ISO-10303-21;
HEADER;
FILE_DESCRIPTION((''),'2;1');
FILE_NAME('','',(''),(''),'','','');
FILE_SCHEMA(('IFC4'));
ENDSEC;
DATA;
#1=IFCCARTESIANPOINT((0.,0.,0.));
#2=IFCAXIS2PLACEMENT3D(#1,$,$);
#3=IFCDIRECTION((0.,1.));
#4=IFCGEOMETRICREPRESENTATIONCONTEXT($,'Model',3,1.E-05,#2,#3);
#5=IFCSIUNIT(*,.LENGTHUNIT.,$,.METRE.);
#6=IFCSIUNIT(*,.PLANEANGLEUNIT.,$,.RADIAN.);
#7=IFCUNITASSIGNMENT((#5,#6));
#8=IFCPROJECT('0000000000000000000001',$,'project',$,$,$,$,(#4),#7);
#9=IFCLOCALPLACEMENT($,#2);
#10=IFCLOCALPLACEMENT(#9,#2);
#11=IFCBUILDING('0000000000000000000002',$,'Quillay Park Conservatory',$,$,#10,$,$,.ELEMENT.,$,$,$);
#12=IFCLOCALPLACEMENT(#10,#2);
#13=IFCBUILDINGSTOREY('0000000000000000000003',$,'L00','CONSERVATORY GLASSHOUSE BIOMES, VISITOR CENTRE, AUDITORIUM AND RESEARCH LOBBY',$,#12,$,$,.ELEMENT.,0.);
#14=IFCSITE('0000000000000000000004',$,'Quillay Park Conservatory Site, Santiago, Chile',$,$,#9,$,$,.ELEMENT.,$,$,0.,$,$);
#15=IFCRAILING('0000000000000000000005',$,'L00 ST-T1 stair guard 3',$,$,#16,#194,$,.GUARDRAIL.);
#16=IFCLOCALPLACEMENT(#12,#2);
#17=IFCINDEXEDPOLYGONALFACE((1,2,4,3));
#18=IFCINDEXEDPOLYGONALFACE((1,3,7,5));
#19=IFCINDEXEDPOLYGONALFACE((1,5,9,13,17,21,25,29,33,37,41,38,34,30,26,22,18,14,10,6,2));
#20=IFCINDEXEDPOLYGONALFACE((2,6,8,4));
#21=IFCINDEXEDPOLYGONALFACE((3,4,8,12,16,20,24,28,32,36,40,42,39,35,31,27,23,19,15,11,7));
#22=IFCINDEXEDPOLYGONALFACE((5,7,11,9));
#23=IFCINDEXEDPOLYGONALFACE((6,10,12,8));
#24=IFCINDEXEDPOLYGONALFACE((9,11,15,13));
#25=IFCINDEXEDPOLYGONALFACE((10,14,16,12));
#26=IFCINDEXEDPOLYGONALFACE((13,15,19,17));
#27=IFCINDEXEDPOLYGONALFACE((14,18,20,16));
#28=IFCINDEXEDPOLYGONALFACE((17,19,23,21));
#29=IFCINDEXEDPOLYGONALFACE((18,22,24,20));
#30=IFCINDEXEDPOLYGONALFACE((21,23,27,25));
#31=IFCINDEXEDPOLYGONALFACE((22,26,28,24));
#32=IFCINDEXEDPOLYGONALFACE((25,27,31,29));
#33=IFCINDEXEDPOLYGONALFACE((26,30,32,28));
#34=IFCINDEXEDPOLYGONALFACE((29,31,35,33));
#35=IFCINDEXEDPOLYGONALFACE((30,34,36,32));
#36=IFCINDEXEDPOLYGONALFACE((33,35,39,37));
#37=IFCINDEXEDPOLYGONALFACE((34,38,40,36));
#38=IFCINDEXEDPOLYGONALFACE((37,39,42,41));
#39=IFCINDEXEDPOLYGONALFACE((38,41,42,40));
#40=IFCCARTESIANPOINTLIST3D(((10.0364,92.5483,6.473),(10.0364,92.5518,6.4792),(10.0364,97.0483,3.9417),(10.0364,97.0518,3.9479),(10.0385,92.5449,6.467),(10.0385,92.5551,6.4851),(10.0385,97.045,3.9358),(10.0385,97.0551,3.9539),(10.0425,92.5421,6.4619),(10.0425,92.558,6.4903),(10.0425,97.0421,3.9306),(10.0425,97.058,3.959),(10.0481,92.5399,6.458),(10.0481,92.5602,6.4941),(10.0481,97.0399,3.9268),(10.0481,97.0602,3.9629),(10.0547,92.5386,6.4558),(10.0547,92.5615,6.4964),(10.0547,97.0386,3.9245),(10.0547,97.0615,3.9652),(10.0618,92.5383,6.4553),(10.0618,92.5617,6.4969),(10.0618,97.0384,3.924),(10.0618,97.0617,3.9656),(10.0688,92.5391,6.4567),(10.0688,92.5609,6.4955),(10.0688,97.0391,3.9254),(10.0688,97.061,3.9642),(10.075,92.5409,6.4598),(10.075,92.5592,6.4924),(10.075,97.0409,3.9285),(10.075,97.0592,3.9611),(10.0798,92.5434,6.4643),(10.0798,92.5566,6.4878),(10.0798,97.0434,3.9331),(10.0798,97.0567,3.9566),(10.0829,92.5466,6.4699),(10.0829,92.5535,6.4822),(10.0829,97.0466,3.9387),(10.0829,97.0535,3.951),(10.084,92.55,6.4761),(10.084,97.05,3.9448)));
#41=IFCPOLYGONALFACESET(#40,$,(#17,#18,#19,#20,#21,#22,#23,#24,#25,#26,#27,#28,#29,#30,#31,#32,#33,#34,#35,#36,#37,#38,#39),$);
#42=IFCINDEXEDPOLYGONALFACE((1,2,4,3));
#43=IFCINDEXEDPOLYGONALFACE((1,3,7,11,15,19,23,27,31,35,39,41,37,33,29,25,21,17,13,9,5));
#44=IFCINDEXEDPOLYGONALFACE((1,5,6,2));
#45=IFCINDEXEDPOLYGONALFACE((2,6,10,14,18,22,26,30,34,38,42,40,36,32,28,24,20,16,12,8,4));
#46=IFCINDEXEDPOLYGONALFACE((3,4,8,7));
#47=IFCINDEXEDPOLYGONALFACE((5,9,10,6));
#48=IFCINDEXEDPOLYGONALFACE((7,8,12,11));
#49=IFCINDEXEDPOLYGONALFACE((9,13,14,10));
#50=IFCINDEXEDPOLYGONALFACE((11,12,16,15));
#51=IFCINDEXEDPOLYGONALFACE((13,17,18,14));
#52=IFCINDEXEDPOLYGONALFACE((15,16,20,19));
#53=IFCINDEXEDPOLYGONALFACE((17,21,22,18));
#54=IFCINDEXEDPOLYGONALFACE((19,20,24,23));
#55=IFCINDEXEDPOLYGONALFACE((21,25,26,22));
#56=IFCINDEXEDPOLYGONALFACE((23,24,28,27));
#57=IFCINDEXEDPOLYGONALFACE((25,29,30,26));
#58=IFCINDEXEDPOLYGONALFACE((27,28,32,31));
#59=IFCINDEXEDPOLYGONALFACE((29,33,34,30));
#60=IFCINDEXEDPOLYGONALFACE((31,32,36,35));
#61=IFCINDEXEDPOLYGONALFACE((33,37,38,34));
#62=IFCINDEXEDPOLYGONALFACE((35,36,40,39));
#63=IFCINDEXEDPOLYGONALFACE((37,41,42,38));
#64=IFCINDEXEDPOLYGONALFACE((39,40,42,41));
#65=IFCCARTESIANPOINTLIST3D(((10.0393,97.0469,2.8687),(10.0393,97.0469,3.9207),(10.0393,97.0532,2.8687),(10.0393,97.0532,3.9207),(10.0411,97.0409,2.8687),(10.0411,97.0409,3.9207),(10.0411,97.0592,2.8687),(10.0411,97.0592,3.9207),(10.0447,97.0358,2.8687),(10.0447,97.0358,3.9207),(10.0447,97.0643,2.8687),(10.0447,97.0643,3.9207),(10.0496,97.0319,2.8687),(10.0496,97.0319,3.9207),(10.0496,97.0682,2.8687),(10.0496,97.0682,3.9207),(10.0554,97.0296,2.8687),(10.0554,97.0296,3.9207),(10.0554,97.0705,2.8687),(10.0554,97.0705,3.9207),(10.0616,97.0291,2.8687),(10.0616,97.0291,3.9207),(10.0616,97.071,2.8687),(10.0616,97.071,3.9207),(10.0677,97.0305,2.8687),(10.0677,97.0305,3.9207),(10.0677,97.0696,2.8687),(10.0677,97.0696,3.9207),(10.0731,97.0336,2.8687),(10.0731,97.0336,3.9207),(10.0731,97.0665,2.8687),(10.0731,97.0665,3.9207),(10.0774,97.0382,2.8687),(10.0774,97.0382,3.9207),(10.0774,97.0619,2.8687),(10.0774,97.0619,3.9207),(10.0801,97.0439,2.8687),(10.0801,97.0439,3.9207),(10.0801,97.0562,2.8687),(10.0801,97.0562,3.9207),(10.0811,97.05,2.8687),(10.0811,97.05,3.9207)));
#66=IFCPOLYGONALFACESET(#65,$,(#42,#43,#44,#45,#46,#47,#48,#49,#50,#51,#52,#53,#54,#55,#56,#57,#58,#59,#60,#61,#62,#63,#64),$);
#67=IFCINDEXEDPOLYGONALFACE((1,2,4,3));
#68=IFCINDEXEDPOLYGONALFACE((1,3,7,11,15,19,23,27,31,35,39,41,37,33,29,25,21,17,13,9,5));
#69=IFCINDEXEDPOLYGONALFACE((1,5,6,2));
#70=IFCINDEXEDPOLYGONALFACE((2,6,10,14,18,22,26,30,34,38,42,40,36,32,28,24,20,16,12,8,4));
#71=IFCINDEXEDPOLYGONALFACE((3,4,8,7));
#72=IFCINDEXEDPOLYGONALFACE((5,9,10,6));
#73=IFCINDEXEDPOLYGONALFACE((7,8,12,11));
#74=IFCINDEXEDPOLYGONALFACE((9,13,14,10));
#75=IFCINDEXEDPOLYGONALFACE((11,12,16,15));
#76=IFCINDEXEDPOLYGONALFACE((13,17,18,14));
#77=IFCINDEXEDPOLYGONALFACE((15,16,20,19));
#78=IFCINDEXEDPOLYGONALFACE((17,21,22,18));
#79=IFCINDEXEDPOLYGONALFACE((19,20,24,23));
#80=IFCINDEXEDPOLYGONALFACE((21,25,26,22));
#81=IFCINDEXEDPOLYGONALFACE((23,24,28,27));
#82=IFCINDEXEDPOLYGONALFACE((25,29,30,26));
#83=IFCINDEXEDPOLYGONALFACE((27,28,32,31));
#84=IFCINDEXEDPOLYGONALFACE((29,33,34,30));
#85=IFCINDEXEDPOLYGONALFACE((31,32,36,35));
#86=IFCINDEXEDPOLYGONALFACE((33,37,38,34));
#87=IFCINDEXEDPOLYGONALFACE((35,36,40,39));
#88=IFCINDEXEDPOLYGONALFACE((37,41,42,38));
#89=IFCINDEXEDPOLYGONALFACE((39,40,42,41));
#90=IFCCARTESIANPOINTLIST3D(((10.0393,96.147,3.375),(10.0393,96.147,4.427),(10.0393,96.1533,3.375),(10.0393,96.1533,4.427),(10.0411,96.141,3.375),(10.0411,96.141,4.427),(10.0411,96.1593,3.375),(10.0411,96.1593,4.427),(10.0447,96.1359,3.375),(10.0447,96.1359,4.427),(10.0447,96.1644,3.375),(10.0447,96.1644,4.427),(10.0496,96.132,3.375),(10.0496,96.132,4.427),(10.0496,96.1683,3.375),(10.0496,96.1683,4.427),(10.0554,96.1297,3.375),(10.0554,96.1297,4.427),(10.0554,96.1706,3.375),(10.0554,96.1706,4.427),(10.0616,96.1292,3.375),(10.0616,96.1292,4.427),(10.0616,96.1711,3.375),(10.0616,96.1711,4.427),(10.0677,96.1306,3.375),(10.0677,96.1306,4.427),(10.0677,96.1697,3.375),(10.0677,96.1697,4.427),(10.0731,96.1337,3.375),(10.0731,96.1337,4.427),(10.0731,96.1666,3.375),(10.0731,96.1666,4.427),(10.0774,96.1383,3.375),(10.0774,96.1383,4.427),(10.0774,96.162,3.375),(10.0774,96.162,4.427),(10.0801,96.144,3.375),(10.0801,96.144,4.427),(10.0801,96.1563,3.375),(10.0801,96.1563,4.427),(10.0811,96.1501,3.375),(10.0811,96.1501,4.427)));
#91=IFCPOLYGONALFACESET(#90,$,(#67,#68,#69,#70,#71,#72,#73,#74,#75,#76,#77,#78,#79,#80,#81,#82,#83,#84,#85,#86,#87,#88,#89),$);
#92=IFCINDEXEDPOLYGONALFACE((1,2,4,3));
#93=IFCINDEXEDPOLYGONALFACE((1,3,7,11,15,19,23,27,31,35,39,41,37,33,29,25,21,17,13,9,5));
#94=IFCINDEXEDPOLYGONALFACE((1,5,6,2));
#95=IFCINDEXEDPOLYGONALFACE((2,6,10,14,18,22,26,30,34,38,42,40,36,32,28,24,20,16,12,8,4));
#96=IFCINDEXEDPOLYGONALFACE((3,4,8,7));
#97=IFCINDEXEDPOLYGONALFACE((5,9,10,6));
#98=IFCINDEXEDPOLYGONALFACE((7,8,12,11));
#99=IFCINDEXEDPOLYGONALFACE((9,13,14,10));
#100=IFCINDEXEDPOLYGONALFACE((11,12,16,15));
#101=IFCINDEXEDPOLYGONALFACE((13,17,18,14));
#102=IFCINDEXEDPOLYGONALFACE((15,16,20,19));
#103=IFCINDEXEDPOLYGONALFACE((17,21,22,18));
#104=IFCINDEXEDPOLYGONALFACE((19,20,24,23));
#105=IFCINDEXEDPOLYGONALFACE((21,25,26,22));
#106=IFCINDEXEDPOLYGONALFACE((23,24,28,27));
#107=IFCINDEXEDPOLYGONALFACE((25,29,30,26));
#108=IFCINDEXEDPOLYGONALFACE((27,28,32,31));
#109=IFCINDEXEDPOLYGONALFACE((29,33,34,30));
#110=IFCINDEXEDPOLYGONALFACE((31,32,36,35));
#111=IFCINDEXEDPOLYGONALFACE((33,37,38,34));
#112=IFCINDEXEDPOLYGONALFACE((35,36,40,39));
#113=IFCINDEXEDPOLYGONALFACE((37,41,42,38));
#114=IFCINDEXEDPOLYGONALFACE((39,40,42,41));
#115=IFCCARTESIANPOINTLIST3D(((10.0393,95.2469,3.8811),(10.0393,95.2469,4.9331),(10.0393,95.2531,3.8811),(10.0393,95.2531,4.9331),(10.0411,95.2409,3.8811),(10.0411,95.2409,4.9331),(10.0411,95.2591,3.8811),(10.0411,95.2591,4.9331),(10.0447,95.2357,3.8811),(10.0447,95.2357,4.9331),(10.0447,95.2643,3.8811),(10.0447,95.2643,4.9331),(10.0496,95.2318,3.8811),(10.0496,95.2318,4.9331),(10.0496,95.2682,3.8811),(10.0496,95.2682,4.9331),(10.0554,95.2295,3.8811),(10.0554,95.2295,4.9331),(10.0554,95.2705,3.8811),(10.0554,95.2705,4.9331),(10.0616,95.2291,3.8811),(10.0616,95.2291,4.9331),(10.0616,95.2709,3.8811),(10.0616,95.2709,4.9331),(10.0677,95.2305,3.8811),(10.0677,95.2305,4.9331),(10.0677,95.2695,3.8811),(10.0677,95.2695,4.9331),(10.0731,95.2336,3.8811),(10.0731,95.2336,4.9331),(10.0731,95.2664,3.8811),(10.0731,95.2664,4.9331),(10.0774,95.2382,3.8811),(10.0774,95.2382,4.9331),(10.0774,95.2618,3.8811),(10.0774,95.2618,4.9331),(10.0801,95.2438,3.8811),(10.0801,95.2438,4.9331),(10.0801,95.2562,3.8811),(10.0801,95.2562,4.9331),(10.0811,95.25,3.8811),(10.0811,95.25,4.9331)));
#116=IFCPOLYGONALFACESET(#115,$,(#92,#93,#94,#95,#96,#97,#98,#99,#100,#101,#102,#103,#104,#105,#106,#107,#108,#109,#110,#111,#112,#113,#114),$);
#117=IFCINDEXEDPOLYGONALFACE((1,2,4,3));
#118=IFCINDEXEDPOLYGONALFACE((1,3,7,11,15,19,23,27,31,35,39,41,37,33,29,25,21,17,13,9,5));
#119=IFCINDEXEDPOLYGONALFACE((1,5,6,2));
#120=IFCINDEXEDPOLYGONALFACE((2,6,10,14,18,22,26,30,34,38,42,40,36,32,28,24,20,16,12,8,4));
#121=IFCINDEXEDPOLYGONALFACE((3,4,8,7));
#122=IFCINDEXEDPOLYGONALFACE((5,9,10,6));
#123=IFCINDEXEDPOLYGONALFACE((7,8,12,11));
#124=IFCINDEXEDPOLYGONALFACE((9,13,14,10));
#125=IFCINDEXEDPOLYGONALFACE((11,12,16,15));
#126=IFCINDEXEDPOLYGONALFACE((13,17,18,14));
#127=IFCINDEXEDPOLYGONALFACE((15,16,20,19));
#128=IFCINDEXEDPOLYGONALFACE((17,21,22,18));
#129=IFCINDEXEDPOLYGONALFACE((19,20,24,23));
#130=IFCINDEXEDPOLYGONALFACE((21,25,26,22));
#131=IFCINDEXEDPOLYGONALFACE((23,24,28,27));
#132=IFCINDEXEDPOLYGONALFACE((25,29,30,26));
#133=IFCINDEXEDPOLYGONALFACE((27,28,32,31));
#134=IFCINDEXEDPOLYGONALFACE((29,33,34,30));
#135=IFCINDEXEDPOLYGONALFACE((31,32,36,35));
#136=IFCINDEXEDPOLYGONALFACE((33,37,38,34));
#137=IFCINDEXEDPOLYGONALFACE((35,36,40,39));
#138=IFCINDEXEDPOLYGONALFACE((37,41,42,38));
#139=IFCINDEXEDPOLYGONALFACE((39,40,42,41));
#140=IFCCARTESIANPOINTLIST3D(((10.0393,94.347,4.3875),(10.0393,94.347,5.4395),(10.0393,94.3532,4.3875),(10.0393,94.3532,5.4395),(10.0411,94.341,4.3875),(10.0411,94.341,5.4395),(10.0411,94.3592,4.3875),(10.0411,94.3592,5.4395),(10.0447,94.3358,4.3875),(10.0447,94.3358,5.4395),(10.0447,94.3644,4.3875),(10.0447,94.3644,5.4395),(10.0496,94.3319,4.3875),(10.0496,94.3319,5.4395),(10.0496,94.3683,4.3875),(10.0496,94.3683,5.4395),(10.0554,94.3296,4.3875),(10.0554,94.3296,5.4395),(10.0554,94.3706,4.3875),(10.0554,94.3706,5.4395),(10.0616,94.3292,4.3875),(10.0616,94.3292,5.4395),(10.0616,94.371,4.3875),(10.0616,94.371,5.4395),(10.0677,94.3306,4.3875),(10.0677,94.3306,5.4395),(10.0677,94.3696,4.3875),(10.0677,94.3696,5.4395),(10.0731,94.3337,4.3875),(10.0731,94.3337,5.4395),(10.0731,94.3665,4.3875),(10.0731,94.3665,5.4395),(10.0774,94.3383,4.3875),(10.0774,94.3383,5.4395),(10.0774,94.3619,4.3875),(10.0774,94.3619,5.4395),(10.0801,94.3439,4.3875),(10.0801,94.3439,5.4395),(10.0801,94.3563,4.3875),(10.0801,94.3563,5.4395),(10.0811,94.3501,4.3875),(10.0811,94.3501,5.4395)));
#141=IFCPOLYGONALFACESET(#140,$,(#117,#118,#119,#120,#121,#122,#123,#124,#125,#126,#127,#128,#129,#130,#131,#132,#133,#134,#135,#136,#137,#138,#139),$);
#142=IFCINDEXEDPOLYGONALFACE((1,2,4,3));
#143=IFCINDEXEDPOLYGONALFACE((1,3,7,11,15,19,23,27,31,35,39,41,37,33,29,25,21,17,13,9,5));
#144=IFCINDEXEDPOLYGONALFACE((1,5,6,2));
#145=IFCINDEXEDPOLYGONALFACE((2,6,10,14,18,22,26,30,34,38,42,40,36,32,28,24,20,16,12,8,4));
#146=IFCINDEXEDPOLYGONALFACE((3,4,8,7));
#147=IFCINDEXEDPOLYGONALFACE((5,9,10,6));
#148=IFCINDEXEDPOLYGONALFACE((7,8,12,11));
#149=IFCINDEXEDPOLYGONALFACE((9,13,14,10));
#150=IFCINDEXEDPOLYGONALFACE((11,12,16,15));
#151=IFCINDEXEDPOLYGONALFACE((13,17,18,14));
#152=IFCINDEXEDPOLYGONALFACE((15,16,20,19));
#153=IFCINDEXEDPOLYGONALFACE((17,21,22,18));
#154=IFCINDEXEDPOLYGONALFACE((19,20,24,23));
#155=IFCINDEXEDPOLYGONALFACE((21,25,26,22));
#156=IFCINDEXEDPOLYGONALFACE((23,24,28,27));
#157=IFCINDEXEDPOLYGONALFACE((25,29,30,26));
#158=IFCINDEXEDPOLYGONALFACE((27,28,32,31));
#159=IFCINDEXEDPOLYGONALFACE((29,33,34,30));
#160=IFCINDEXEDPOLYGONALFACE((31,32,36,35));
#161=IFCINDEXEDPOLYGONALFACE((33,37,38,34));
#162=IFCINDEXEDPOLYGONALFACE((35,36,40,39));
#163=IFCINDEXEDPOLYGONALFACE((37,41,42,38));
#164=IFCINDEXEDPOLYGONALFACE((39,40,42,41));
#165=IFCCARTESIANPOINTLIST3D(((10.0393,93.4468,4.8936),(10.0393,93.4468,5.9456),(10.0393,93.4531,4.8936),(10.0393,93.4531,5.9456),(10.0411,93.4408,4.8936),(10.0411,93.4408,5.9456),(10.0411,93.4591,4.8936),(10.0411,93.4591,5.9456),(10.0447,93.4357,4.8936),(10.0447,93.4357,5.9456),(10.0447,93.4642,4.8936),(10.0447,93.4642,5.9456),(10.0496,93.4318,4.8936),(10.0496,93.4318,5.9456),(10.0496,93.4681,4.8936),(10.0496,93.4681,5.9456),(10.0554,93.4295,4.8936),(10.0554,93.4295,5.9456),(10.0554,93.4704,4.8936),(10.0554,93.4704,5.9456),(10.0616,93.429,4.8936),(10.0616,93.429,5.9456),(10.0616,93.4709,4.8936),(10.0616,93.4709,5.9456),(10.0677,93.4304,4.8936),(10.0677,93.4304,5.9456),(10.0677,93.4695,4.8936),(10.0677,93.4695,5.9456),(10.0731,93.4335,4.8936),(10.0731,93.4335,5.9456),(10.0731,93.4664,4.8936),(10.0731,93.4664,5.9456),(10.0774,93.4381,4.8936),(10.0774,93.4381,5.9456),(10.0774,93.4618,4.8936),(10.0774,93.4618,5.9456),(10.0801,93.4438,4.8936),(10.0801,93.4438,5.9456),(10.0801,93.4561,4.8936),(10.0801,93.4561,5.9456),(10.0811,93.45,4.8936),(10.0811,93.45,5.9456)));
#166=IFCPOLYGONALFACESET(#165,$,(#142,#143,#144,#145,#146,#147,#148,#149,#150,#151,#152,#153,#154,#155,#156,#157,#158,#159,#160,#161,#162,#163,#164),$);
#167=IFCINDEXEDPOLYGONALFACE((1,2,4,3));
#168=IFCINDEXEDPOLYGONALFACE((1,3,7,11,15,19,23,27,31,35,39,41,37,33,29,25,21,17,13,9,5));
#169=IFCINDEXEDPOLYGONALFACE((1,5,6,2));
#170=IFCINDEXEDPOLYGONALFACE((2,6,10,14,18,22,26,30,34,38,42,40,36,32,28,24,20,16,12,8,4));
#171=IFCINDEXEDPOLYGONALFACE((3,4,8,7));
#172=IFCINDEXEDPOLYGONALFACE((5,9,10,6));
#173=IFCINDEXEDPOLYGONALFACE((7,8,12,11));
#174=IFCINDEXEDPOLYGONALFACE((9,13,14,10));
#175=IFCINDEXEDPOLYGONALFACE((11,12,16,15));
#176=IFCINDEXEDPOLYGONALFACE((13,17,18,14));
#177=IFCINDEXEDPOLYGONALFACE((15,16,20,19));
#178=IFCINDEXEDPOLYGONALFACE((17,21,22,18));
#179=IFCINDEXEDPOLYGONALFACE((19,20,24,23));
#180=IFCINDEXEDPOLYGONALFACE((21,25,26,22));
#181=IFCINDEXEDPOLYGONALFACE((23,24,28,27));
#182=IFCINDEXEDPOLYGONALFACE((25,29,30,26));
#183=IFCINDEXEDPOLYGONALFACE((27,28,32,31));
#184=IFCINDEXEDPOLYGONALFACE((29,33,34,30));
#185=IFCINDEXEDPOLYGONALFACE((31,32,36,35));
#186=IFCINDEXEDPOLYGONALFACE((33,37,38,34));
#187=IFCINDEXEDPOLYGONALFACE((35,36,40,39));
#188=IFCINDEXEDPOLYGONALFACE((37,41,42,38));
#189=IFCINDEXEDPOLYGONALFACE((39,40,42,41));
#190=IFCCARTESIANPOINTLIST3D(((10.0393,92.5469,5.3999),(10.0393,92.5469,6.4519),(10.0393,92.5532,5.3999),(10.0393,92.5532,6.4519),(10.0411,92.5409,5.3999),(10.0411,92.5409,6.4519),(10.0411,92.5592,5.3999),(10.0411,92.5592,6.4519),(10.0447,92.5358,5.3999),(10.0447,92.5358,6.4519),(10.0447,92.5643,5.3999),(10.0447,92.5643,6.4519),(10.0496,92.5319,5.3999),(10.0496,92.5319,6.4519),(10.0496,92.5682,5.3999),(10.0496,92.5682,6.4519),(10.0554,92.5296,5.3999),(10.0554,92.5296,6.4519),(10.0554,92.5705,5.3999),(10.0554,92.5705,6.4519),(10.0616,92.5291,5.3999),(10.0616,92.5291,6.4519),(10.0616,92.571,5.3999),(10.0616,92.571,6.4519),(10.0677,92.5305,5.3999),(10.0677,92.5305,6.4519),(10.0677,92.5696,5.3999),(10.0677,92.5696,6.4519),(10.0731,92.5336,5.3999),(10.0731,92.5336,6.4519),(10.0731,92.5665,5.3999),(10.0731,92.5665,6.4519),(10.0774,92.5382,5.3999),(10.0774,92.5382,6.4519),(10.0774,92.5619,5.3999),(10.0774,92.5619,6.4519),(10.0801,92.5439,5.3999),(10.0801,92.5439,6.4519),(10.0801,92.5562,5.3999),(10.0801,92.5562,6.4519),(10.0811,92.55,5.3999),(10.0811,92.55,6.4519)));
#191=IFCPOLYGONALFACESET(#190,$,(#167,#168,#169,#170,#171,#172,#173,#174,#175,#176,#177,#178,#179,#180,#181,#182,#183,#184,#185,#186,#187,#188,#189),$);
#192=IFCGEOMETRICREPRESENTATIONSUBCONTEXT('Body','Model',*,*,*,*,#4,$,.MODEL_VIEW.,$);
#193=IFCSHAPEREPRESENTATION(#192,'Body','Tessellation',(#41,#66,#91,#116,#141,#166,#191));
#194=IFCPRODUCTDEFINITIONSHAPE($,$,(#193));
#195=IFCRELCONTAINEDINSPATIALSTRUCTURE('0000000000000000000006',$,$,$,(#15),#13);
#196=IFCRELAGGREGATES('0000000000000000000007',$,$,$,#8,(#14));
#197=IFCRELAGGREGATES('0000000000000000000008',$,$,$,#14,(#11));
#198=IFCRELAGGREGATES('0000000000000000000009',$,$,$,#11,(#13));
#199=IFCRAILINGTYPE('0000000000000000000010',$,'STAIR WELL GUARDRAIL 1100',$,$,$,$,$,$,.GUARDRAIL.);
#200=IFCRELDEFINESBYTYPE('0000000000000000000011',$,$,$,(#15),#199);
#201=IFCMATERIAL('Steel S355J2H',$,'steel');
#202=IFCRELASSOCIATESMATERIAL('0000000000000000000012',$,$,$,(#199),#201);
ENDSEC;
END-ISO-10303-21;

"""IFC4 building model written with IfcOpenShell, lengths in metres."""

from ifc_helpers import new_model, si_unit, direction, frame, origin, origin_2d, place, context, subcontext, project, spatial, circle, extrude, material, type_object, element, save


model = new_model("IFC4")

# Units and contexts
model_context = context("Model", 3, precision=1e-05, world=origin(), true_north=direction((0.0, 1.0)))
body_context = subcontext(model_context, "Body", "Model", "MODEL_VIEW")
ifc_project = project(units=[si_unit("LENGTHUNIT", "METRE"), si_unit("PLANEANGLEUNIT", "RADIAN")], contexts=[model_context])

# Site, building, storey
site_placement = place(None, origin())
site = spatial("IfcSite", under=ifc_project, at=site_placement, Name="Quillay Park Conservatory Site, Santiago, Chile", CompositionType="ELEMENT", RefElevation=0.0)
building_placement = place(site_placement, origin())
building = spatial("IfcBuilding", under=site, at=building_placement, Name="Quillay Park Conservatory", CompositionType="ELEMENT")
storey_placement = place(building_placement, origin())
storey = spatial("IfcBuildingStorey", under=building, at=storey_placement, Name="L00", Description="CONSERVATORY GLASSHOUSE BIOMES, VISITOR CENTRE, AUDITORIUM AND RESEARCH LOBBY", CompositionType="ELEMENT", Elevation=0.0)

# Railing
ifc_material_1 = material(Name="Steel S355J2H", Category="steel")
railing_type_1 = type_object("IfcRailingType", Name="STAIR WELL GUARDRAIL 1100", PredefinedType="GUARDRAIL", material=ifc_material_1)
railing_1_placement = place(storey_placement, frame((10.0601, 97.05, 2.8687)))
element("IfcRailing", 1, at=railing_1_placement, inside=storey, type_object=railing_type_1, Name="L00 ST-T1 stair guard 3", PredefinedType="GUARDRAIL", context=body_context, shape_type="SweptSolid", body=[
    extrude(circle(Radius=0.0239, at=origin_2d()), frame((0.0, 0.0, 1.0762), z_axis=(0.0, -0.871576, 0.490261), x_axis=(1.0, 0.0, 0.0)), (0.0, 0.0, 1.0), 5.1631),
    extrude(circle(Radius=0.021, at=origin_2d()), origin(), (0.0, 0.0, 1.0), 1.052),
    extrude(circle(Radius=0.021, at=origin_2d()), frame((0.0, -0.8999, 0.5063)), (0.0, 0.0, 1.0), 1.052),
    extrude(circle(Radius=0.021, at=origin_2d()), frame((0.0, -1.8, 1.0125)), (0.0, 0.0, 1.0), 1.052),
    extrude(circle(Radius=0.021, at=origin_2d()), frame((0.0, -2.7, 1.5188)), (0.0, 0.0, 1.0), 1.052),
    extrude(circle(Radius=0.021, at=origin_2d()), frame((0.0, -3.6001, 2.0249)), (0.0, 0.0, 1.0), 1.052),
    extrude(circle(Radius=0.021, at=origin_2d()), frame((0.0, -4.5, 2.5312)), (0.0, 0.0, 1.0), 1.052),
])

save(model, "model.ifc")
